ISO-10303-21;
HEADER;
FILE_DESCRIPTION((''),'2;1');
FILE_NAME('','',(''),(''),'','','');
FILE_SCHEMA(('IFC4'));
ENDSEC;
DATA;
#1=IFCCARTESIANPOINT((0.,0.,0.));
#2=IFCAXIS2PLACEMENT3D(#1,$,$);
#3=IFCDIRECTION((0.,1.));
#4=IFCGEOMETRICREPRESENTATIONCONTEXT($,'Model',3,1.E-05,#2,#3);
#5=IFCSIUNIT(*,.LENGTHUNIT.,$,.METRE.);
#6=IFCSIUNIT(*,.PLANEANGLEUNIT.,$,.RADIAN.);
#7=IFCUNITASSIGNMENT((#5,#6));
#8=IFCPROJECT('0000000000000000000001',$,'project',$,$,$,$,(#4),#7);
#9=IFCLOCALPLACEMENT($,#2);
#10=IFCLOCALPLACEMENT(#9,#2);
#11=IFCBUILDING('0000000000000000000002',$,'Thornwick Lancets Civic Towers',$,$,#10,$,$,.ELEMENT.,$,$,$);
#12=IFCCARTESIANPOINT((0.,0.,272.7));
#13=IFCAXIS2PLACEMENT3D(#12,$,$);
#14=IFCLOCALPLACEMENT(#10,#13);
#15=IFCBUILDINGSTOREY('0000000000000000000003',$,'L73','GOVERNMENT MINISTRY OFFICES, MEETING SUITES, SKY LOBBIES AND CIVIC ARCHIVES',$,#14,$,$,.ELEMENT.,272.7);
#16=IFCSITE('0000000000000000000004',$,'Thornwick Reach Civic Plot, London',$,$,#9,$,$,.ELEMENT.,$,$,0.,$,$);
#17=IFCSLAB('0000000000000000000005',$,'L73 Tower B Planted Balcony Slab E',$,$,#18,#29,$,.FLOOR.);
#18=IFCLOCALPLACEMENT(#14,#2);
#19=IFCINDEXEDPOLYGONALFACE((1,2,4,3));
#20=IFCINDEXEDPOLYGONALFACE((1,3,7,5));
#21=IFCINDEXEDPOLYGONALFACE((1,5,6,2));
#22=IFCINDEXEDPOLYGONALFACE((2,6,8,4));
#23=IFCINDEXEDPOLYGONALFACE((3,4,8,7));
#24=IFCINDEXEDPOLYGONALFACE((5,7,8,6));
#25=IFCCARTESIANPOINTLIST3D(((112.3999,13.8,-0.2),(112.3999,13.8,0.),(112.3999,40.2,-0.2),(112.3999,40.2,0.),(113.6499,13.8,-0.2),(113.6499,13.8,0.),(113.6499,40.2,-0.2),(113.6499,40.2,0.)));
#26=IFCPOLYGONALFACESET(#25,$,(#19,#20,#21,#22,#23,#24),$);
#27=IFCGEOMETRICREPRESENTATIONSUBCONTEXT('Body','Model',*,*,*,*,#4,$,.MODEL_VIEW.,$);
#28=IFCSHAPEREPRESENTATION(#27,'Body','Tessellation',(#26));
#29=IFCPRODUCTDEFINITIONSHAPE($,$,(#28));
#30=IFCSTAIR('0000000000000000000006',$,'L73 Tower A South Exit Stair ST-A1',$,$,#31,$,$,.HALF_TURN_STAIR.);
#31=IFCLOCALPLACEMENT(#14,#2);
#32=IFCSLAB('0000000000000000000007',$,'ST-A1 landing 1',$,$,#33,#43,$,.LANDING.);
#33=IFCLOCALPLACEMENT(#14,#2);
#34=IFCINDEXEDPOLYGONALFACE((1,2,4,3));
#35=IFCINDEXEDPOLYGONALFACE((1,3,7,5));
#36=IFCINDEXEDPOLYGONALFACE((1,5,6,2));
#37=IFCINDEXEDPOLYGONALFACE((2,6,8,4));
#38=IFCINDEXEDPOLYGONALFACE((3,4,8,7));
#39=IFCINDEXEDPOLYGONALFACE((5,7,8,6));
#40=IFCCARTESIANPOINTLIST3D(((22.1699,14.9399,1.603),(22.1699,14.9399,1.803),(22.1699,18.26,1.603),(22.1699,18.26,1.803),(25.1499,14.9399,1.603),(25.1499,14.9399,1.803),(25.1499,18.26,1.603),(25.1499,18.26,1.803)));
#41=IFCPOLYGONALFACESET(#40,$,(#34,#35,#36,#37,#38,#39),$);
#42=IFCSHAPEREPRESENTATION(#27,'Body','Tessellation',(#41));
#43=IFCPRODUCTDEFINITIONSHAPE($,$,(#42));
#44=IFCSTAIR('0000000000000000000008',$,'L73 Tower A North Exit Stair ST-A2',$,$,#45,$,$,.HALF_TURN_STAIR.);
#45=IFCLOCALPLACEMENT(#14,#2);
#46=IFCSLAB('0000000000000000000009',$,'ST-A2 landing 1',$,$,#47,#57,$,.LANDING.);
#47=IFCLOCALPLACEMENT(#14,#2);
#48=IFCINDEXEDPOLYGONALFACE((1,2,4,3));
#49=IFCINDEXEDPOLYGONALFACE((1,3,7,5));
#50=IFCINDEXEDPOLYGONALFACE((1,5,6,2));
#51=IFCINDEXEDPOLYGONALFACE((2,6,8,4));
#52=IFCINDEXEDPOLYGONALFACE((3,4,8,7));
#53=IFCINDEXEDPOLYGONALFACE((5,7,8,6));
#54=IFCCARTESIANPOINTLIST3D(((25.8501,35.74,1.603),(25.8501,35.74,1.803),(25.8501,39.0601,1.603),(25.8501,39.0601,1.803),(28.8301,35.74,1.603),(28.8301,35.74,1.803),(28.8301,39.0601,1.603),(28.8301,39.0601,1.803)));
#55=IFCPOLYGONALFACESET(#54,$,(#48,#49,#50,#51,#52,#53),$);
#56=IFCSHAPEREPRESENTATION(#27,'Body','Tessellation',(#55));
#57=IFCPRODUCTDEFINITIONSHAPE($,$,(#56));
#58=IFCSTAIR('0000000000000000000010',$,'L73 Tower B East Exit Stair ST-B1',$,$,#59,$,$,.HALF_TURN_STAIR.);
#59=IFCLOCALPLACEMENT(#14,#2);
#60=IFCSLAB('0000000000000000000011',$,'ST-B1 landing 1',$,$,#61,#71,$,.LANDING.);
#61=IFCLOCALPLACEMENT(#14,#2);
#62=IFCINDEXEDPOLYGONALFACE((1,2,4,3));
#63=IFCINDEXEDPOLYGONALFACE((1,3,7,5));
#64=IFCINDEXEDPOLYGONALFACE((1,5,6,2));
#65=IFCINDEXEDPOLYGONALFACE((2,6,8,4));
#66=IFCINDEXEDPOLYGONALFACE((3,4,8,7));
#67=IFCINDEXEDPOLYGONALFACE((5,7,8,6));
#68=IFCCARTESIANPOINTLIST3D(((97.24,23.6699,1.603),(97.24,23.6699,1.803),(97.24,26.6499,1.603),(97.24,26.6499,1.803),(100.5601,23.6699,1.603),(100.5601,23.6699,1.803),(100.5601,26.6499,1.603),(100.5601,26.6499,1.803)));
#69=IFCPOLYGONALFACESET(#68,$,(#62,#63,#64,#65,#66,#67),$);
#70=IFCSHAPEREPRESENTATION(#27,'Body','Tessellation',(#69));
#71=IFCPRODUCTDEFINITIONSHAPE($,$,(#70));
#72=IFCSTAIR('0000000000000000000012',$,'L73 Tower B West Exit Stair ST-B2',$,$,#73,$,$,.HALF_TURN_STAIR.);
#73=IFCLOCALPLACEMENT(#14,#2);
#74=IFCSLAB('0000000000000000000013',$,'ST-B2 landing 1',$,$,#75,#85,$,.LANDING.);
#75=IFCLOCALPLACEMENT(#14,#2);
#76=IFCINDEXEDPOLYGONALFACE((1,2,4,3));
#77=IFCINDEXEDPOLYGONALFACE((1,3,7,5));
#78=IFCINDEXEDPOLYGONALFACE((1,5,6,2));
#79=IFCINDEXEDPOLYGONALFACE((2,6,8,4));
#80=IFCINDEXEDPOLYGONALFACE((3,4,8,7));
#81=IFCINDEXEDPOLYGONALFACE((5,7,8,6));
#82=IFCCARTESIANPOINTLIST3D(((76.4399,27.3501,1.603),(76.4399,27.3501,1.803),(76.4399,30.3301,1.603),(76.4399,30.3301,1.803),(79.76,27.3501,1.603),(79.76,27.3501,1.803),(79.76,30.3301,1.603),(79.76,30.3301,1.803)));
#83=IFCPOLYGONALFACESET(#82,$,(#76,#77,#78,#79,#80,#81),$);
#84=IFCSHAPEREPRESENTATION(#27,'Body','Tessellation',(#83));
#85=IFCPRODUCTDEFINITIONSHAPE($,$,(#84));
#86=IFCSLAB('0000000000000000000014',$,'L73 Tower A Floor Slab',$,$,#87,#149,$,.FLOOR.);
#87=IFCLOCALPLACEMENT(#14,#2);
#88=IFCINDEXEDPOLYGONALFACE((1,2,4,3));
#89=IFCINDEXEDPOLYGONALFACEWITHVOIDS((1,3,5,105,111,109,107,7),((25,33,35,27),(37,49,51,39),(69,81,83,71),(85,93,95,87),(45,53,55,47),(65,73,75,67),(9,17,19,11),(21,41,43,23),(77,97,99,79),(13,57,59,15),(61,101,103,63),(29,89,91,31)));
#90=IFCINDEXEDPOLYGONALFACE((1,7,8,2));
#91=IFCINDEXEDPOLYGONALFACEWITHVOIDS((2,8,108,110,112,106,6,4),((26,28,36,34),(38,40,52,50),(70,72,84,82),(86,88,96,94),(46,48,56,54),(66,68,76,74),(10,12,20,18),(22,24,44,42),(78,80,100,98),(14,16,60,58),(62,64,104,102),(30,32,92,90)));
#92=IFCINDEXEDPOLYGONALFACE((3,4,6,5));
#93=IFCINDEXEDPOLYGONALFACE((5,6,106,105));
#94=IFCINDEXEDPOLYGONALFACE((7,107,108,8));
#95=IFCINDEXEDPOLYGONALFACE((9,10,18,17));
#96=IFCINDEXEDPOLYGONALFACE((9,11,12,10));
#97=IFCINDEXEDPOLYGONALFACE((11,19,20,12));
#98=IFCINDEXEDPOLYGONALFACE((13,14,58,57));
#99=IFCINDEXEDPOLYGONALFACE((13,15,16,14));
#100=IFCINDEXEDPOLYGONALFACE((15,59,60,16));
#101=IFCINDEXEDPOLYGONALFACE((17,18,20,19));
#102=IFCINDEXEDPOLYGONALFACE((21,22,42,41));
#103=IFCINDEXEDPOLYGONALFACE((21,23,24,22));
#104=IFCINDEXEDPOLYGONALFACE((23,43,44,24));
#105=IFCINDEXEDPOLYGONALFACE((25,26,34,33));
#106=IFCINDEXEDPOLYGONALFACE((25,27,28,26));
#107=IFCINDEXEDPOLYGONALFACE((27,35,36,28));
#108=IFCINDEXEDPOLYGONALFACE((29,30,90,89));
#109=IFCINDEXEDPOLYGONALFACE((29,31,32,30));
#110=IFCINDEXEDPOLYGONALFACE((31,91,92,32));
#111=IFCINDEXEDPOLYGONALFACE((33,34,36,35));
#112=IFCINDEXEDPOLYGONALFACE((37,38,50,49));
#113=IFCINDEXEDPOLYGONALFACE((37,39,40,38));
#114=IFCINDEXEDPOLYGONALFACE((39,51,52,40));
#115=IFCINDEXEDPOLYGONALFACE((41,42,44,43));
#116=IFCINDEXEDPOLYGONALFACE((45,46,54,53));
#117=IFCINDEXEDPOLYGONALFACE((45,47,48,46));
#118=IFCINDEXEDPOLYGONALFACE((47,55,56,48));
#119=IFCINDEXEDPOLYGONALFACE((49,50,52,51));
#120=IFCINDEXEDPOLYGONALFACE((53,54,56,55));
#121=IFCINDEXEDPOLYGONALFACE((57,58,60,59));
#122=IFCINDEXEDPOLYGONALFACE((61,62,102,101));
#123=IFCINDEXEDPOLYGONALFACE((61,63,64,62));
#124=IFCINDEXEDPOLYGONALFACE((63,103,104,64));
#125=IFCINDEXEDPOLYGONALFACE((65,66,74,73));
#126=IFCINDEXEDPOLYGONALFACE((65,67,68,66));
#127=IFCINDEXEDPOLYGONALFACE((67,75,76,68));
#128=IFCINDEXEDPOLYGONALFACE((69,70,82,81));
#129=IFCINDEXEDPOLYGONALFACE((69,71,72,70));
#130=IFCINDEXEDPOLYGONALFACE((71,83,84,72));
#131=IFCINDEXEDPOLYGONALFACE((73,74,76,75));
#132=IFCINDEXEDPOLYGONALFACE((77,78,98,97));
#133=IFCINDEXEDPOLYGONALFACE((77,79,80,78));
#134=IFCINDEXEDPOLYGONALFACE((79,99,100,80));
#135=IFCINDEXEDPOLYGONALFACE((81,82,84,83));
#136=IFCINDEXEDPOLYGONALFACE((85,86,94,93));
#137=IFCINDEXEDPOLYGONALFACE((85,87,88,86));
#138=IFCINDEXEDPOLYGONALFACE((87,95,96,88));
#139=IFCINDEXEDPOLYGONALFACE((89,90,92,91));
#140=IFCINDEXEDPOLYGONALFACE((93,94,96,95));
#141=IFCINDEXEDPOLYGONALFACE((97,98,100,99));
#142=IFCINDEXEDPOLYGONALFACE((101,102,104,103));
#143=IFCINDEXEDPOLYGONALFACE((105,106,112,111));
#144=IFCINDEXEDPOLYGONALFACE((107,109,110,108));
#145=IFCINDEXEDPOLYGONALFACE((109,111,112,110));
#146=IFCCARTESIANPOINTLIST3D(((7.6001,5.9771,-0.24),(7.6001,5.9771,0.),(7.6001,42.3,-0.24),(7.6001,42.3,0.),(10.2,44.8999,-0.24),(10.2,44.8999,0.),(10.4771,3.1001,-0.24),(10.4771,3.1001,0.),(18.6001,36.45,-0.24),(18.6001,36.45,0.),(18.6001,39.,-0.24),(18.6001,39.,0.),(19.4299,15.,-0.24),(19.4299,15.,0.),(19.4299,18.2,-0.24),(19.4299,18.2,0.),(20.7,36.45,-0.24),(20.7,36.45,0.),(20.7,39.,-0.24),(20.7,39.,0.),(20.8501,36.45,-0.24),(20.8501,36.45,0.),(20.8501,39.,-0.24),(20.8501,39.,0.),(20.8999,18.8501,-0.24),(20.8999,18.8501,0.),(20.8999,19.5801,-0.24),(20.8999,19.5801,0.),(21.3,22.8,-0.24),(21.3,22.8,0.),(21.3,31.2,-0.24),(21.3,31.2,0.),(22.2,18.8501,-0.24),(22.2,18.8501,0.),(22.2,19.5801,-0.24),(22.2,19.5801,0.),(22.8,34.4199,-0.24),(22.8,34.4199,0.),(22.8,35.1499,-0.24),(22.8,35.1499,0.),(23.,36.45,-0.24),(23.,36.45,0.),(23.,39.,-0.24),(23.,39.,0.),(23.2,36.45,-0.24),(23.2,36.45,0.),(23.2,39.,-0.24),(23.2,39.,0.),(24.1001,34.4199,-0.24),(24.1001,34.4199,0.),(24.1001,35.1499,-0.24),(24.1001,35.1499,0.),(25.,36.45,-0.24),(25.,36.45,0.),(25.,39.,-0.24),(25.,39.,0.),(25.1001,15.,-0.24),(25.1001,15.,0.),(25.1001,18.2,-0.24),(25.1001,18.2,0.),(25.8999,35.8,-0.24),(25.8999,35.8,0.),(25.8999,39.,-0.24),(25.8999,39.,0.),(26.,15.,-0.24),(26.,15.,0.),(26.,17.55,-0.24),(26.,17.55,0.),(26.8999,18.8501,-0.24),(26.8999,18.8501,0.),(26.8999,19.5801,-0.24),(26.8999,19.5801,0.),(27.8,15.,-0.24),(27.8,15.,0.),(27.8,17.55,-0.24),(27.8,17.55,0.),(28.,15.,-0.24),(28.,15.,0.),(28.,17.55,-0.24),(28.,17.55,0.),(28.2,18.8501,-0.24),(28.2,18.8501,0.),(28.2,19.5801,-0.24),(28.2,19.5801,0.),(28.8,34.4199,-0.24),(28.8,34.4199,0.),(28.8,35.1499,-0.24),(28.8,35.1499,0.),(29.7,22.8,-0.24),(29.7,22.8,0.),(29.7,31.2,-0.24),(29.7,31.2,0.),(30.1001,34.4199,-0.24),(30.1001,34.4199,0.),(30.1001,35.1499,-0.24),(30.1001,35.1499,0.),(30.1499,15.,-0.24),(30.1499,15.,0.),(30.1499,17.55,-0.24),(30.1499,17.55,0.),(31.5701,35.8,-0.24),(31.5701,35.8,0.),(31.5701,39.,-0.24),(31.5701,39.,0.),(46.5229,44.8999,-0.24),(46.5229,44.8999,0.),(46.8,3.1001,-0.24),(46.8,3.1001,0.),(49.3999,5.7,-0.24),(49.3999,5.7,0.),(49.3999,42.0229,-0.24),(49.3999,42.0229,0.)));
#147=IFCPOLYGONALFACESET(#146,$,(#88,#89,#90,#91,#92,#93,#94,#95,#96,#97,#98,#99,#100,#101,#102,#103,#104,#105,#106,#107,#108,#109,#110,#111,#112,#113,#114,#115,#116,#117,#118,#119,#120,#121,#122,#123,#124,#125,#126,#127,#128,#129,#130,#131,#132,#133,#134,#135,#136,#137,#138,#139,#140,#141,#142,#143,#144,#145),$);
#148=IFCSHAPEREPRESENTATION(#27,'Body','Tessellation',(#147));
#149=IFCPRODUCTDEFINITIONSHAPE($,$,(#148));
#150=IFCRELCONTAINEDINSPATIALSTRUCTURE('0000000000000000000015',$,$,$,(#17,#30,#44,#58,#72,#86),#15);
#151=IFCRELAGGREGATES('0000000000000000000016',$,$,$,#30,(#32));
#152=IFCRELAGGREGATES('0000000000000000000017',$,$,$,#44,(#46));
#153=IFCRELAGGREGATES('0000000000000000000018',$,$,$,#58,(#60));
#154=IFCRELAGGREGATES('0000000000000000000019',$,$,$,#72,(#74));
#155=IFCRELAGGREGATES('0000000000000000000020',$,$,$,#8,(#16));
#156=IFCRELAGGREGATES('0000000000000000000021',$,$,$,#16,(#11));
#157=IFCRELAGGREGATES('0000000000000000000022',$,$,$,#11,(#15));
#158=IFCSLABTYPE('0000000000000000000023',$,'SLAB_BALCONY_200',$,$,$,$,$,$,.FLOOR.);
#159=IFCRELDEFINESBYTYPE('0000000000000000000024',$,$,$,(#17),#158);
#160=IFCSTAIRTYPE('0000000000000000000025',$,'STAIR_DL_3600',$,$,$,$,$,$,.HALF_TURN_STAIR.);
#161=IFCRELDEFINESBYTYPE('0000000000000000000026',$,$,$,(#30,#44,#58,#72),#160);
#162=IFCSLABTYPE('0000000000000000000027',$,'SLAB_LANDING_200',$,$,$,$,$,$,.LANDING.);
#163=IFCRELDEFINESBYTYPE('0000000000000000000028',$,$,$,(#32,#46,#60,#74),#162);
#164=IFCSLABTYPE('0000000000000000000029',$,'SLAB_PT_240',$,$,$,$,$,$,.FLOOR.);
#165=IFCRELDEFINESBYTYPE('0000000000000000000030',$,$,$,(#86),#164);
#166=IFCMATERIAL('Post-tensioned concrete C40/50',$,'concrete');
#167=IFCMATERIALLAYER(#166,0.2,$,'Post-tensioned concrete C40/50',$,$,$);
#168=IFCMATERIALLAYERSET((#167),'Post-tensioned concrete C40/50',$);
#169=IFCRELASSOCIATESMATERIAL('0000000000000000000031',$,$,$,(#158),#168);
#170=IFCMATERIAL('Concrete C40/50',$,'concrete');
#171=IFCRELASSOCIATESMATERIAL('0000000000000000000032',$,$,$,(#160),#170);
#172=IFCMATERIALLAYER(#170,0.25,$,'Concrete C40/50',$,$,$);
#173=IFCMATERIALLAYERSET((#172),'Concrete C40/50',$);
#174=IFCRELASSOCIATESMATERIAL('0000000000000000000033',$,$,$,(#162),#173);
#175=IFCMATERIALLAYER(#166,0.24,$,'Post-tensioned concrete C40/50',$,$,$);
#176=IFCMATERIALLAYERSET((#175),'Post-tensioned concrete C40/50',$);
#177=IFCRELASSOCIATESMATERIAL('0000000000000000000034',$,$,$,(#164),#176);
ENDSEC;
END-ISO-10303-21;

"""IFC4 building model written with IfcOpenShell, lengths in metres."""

from ifc_helpers import new_model, si_unit, direction, frame, origin, place, context, subcontext, project, spatial, polyline, outline, extrude, material, layer, layer_set, type_object, element, aggregate, save


model = new_model("IFC4")

# Units and contexts
model_context = context("Model", 3, precision=1e-05, world=origin(), true_north=direction((0.0, 1.0)))
body_context = subcontext(model_context, "Body", "Model", "MODEL_VIEW")
ifc_project = project(units=[si_unit("LENGTHUNIT", "METRE"), si_unit("PLANEANGLEUNIT", "RADIAN")], contexts=[model_context])

# Site, building, storey
site_placement = place(None, origin())
site = spatial("IfcSite", under=ifc_project, at=site_placement, Name="Thornwick Reach Civic Plot, London", CompositionType="ELEMENT", RefElevation=0.0)
building_placement = place(site_placement, origin())
building = spatial("IfcBuilding", under=site, at=building_placement, Name="Thornwick Lancets Civic Towers", CompositionType="ELEMENT")
storey_placement = place(building_placement, frame((0.0, 0.0, 272.7)))
storey = spatial("IfcBuildingStorey", under=building, at=storey_placement, Name="L73", Description="GOVERNMENT MINISTRY OFFICES, MEETING SUITES, SKY LOBBIES AND CIVIC ARCHIVES", CompositionType="ELEMENT", Elevation=272.7)

# Slab
ifc_material_1 = material(Name="Post-tensioned concrete C40/50", Category="concrete")
ifc_layer_1 = layer(ifc_material_1, 0.2, Name="Post-tensioned concrete C40/50")
ifc_layer_set_1 = layer_set([ifc_layer_1], Name="Post-tensioned concrete C40/50")
slab_type_1 = type_object("IfcSlabType", Name="SLAB_BALCONY_200", PredefinedType="FLOOR", material=ifc_layer_set_1)
slab_1_placement = place(storey_placement, frame((0.0, 0.0, -0.2)))
element("IfcSlab", 1, at=slab_1_placement, inside=storey, type_object=slab_type_1, Name="L73 Tower B Planted Balcony Slab E", PredefinedType="FLOOR", context=body_context, shape_type="SweptSolid", body=[
    extrude(outline(polyline([(112.3999, 13.8), (113.6499, 13.8), (113.6499, 40.2), (112.3999, 40.2), (112.3999, 13.8)])), origin(), (0.0, 0.0, 1.0), 0.2),
])

# Stairs, slabs
ifc_material_2 = material(Name="Concrete C40/50", Category="concrete")
stair_type = type_object("IfcStairType", Name="STAIR_DL_3600", PredefinedType="HALF_TURN_STAIR", material=ifc_material_2)
stair_1_placement = place(storey_placement, origin())
stair_1 = element("IfcStair", 2, at=stair_1_placement, inside=storey, type_object=stair_type, Name="L73 Tower A South Exit Stair ST-A1", PredefinedType="HALF_TURN_STAIR")
ifc_layer_2 = layer(ifc_material_2, 0.25, Name="Concrete C40/50")
ifc_layer_set_2 = layer_set([ifc_layer_2], Name="Concrete C40/50")
slab_type_2 = type_object("IfcSlabType", Name="SLAB_LANDING_200", PredefinedType="LANDING", material=ifc_layer_set_2)
slab_2_placement = place(storey_placement, frame((0.0, 0.0, 1.603)))
slab_2 = element("IfcSlab", 3, at=slab_2_placement, type_object=slab_type_2, Name="ST-A1 landing 1", PredefinedType="LANDING", context=body_context, shape_type="SweptSolid", body=[
    extrude(outline(polyline([(22.1699, 14.9399), (25.1499, 14.9399), (25.1499, 18.26), (22.1699, 18.26), (22.1699, 14.9399)])), origin(), (0.0, 0.0, 1.0), 0.2),
])
aggregate(stair_1, [slab_2])
stair_2_placement = place(storey_placement, origin())
stair_2 = element("IfcStair", 4, at=stair_2_placement, inside=storey, type_object=stair_type, Name="L73 Tower A North Exit Stair ST-A2", PredefinedType="HALF_TURN_STAIR")
slab_3_placement = place(storey_placement, frame((0.0, 0.0, 1.603)))
slab_3 = element("IfcSlab", 5, at=slab_3_placement, type_object=slab_type_2, Name="ST-A2 landing 1", PredefinedType="LANDING", context=body_context, shape_type="SweptSolid", body=[
    extrude(outline(polyline([(28.8301, 39.0601), (25.8501, 39.0601), (25.8501, 35.74), (28.8301, 35.74), (28.8301, 39.0601)])), origin(), (0.0, 0.0, 1.0), 0.2),
])
aggregate(stair_2, [slab_3])
stair_3_placement = place(storey_placement, origin())
stair_3 = element("IfcStair", 6, at=stair_3_placement, inside=storey, type_object=stair_type, Name="L73 Tower B East Exit Stair ST-B1", PredefinedType="HALF_TURN_STAIR")
slab_4_placement = place(storey_placement, frame((0.0, 0.0, 1.603)))
slab_4 = element("IfcSlab", 7, at=slab_4_placement, type_object=slab_type_2, Name="ST-B1 landing 1", PredefinedType="LANDING", context=body_context, shape_type="SweptSolid", body=[
    extrude(outline(polyline([(100.5601, 23.6699), (100.5601, 26.6499), (97.24, 26.6499), (97.24, 23.6699), (100.5601, 23.6699)])), origin(), (0.0, 0.0, 1.0), 0.2),
])
aggregate(stair_3, [slab_4])
stair_4_placement = place(storey_placement, origin())
stair_4 = element("IfcStair", 8, at=stair_4_placement, inside=storey, type_object=stair_type, Name="L73 Tower B West Exit Stair ST-B2", PredefinedType="HALF_TURN_STAIR")
slab_5_placement = place(storey_placement, frame((0.0, 0.0, 1.603)))
slab_5 = element("IfcSlab", 9, at=slab_5_placement, type_object=slab_type_2, Name="ST-B2 landing 1", PredefinedType="LANDING", context=body_context, shape_type="SweptSolid", body=[
    extrude(outline(polyline([(76.4399, 30.3301), (76.4399, 27.3501), (79.76, 27.3501), (79.76, 30.3301), (76.4399, 30.3301)])), origin(), (0.0, 0.0, 1.0), 0.2),
])
aggregate(stair_4, [slab_5])

# Slab
ifc_layer_3 = layer(ifc_material_1, 0.24, Name="Post-tensioned concrete C40/50")
ifc_layer_set_3 = layer_set([ifc_layer_3], Name="Post-tensioned concrete C40/50")
slab_type_3 = type_object("IfcSlabType", Name="SLAB_PT_240", PredefinedType="FLOOR", material=ifc_layer_set_3)
slab_6_placement = place(storey_placement, frame((0.0, 0.0, -0.24)))
element("IfcSlab", 10, at=slab_6_placement, inside=storey, type_object=slab_type_3, Name="L73 Tower A Floor Slab", PredefinedType="FLOOR", context=body_context, shape_type="SweptSolid", body=[
    extrude(outline(polyline([(10.4771, 3.1001), (46.8, 3.1001), (49.3999, 5.7), (49.3999, 42.0229), (46.5229, 44.8999), (10.2, 44.8999), (7.6001, 42.3), (7.6001, 5.9771), (10.4771, 3.1001)]), holes=[polyline([(21.3, 22.8), (29.7, 22.8), (29.7, 31.2), (21.3, 31.2), (21.3, 22.8)]), polyline([(19.4299, 15.0), (25.1001, 15.0), (25.1001, 18.2), (19.4299, 18.2), (19.4299, 15.0)]), polyline([(31.5701, 39.0), (25.8999, 39.0), (25.8999, 35.8), (31.5701, 35.8), (31.5701, 39.0)]), polyline([(26.0, 15.0), (27.8, 15.0), (27.8, 17.55), (26.0, 17.55), (26.0, 15.0)]), polyline([(28.0, 15.0), (30.1499, 15.0), (30.1499, 17.55), (28.0, 17.55), (28.0, 15.0)]), polyline([(23.2, 36.45), (25.0, 36.45), (25.0, 39.0), (23.2, 39.0), (23.2, 36.45)]), polyline([(20.8501, 36.45), (23.0, 36.45), (23.0, 39.0), (20.8501, 39.0), (20.8501, 36.45)]), polyline([(18.6001, 36.45), (20.7, 36.45), (20.7, 39.0), (18.6001, 39.0), (18.6001, 36.45)]), polyline([(26.8999, 18.8501), (28.2, 18.8501), (28.2, 19.5801), (26.8999, 19.5801), (26.8999, 18.8501)]), polyline([(20.8999, 18.8501), (22.2, 18.8501), (22.2, 19.5801), (20.8999, 19.5801), (20.8999, 18.8501)]), polyline([(22.8, 34.4199), (24.1001, 34.4199), (24.1001, 35.1499), (22.8, 35.1499), (22.8, 34.4199)]), polyline([(28.8, 34.4199), (30.1001, 34.4199), (30.1001, 35.1499), (28.8, 35.1499), (28.8, 34.4199)])]), origin(), (0.0, 0.0, 1.0), 0.24),
])

save(model, "model.ifc")
